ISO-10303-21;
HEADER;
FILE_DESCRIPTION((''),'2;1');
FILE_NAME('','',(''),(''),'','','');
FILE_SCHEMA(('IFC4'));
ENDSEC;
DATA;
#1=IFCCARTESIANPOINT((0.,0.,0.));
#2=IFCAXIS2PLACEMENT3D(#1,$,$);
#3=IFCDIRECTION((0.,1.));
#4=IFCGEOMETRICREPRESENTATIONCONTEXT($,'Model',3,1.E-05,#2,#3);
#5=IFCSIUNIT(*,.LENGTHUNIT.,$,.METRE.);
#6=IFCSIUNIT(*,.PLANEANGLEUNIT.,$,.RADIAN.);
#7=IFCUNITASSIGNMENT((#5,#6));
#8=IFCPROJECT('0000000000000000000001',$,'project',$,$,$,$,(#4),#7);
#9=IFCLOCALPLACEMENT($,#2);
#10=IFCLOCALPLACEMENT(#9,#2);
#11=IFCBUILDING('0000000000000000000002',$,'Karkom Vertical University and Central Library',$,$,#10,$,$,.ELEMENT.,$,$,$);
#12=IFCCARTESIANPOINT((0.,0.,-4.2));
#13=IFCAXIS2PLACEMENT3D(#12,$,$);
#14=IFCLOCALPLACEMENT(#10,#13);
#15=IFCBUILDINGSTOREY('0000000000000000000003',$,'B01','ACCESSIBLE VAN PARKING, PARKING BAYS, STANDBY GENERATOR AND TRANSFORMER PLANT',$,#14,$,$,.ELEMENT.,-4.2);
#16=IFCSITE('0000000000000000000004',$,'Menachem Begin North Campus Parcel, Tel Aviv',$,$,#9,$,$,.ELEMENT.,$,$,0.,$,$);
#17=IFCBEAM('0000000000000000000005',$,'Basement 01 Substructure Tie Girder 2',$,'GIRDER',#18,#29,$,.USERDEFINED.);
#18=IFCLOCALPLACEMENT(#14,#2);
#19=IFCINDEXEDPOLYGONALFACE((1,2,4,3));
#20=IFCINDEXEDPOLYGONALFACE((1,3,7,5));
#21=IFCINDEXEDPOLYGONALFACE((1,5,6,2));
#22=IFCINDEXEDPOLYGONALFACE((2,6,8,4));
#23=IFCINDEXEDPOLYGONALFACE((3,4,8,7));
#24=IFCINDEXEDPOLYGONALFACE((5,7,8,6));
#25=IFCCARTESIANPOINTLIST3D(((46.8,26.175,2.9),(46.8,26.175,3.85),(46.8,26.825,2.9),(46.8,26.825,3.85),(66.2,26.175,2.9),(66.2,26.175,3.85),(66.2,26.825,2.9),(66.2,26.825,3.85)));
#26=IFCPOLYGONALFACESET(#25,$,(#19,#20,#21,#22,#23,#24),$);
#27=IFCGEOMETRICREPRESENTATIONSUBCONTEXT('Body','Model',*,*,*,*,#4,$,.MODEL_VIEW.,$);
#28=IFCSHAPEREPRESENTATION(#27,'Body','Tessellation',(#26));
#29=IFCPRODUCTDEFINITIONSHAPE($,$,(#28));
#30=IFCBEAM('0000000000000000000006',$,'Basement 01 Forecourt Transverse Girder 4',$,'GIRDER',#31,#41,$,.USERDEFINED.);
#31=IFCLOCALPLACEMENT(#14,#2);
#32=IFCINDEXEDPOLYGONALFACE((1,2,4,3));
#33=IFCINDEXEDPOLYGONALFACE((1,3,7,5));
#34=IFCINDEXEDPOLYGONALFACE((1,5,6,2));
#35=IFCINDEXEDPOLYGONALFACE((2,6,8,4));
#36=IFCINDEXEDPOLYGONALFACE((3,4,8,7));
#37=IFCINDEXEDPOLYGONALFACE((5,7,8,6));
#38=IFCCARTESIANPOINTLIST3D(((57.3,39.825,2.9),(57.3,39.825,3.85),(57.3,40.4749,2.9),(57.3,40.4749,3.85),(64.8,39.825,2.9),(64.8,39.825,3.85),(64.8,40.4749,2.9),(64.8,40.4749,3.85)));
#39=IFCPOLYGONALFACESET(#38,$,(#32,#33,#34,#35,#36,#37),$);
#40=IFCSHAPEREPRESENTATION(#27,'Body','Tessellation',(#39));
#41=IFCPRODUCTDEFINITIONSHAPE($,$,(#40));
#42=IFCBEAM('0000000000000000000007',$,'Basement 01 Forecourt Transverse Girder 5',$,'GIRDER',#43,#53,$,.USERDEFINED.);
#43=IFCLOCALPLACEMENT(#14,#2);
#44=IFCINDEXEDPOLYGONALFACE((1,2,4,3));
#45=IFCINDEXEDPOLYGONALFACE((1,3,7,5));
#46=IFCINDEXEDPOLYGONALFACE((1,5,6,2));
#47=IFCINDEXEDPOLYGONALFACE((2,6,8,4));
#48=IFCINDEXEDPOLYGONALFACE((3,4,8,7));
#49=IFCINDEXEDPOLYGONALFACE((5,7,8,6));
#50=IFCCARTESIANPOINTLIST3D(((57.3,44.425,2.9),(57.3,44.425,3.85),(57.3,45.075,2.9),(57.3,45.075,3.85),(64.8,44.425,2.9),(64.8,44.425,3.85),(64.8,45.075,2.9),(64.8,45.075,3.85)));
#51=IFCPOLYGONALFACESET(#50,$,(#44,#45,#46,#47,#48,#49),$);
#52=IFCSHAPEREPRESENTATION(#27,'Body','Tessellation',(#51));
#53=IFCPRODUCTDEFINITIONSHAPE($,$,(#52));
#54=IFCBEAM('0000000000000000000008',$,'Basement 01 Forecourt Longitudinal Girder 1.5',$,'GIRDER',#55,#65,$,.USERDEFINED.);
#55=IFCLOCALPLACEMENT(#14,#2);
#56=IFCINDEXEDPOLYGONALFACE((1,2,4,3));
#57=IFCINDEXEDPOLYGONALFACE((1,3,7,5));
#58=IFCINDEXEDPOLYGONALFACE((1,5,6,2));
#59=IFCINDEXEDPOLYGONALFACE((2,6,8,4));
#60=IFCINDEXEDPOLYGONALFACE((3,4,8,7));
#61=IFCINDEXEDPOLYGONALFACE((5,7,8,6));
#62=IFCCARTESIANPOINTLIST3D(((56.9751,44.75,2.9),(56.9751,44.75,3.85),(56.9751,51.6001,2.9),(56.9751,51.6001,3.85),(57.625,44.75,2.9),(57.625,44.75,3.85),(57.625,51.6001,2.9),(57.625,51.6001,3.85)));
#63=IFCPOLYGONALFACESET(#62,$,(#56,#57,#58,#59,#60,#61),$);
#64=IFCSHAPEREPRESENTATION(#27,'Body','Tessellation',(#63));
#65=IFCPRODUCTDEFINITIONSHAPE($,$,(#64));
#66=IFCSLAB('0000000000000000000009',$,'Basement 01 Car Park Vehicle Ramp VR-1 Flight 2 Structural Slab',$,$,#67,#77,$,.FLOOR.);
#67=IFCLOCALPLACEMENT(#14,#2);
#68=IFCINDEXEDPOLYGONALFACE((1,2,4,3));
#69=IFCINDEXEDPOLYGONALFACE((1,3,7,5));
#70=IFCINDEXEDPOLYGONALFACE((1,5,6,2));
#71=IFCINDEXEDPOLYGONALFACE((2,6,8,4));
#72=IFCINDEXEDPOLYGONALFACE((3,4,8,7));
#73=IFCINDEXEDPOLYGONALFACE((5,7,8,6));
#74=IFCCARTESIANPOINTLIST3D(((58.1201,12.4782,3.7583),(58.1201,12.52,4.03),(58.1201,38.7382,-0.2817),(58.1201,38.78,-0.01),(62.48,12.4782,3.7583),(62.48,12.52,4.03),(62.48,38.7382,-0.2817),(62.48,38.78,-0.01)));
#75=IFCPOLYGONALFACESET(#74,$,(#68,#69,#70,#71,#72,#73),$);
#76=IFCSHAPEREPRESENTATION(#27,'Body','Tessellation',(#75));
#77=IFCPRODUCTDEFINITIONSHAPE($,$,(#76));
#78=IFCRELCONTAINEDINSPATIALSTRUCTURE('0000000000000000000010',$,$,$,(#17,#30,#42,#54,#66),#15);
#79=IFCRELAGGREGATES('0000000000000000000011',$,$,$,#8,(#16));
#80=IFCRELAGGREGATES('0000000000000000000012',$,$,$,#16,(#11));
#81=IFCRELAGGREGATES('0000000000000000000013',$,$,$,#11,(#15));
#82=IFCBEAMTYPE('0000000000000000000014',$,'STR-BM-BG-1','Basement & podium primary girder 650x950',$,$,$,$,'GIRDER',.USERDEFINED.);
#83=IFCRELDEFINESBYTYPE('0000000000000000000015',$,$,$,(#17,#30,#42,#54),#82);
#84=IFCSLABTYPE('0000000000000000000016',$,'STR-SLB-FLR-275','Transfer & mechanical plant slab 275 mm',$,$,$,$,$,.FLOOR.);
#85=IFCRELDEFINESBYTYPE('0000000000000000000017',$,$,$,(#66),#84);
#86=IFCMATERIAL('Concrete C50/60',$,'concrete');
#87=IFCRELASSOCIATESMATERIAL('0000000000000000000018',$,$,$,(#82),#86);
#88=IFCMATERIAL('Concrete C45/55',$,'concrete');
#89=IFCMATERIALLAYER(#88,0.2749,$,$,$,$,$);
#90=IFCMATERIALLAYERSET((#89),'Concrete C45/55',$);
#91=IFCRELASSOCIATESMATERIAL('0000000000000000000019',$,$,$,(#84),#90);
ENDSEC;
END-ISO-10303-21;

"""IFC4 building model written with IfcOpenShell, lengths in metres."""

from ifc_helpers import new_model, si_unit, direction, frame, origin, origin_with_axes, origin_2d, place, context, subcontext, project, spatial, polyline, rectangle, outline, extrude, source, transform, mapped, material, layer, layer_set, material_profile, profile_set, type_object, element, save


model = new_model("IFC4")

# Units and contexts
model_context = context("Model", 3, precision=1e-05, world=origin(), true_north=direction((0.0, 1.0)))
body_context = subcontext(model_context, "Body", "Model", "MODEL_VIEW")
ifc_project = project(units=[si_unit("LENGTHUNIT", "METRE"), si_unit("PLANEANGLEUNIT", "RADIAN")], contexts=[model_context])

# Site, building, storey
site_placement = place(None, origin())
site = spatial("IfcSite", under=ifc_project, at=site_placement, Name="Menachem Begin North Campus Parcel, Tel Aviv", CompositionType="ELEMENT", RefElevation=0.0)
building_placement = place(site_placement, origin())
building = spatial("IfcBuilding", under=site, at=building_placement, Name="Karkom Vertical University and Central Library", CompositionType="ELEMENT")
storey_placement = place(building_placement, frame((0.0, 0.0, -4.2)))
storey = spatial("IfcBuildingStorey", under=building, at=storey_placement, Name="B01", Description="ACCESSIBLE VAN PARKING, PARKING BAYS, STANDBY GENERATOR AND TRANSFORMER PLANT", CompositionType="ELEMENT", Elevation=-4.2)

# Shared definitions
ifc_material_1 = material(Name="Concrete C45/55", Category="concrete")
ifc_material_2 = material(Name="Concrete C50/60", Category="concrete")

# Beams
ifc_material_profile_1 = material_profile(ifc_material_2, rectangle(XDim=0.6499, YDim=0.95, at=origin_2d()), Name="RCG-650x950")
ifc_profile_set_1 = profile_set([ifc_material_profile_1], Name="Concrete C50/60")
beam_type_1 = type_object("IfcBeamType", Name="STR-BM-BG-1", Description="Basement & podium primary girder 650x950", ElementType="GIRDER", PredefinedType="USERDEFINED", material=ifc_profile_set_1)
shared_shape_1 = source(origin_with_axes(), body_context, "Body", "SweptSolid", [
    extrude(rectangle(XDim=0.6499, YDim=0.95, at=origin_2d()), origin(), (0.0, 0.0, 1.0), 19.3999),
])
beam_1_placement = place(storey_placement, frame((46.8, 26.5, 3.375), z_axis=(1.0, 0.0, 0.0), x_axis=(0.0, 1.0, 0.0)))
element("IfcBeam", 1, at=beam_1_placement, inside=storey, type_object=beam_type_1, Name="Basement 01 Substructure Tie Girder 2", ObjectType="GIRDER", PredefinedType="USERDEFINED", context=body_context, shape_type="MappedRepresentation", body=[
    mapped(shared_shape_1, transform((0.0, 0.0, 0.0), scale=1.0)),
])
shared_shape_2 = source(origin_with_axes(), body_context, "Body", "SweptSolid", [
    extrude(rectangle(XDim=0.6499, YDim=0.95, at=origin_2d()), origin(), (0.0, 0.0, 1.0), 7.5),
])
for number, where, z_axis, x_axis, name in (
    (2, (57.3, 40.1499, 3.375), (1.0, 0.0, 0.0), (0.0, 1.0, 0.0), "Basement 01 Forecourt Transverse Girder 4"),
    (3, (57.3, 44.75, 3.375), (1.0, 0.0, 0.0), (0.0, 1.0, 0.0), "Basement 01 Forecourt Transverse Girder 5"),
):
    element("IfcBeam", number, at=place(storey_placement, frame(where, z_axis=z_axis, x_axis=x_axis)), inside=storey, type_object=beam_type_1, Name=name, ObjectType="GIRDER", PredefinedType="USERDEFINED", context=body_context, shape_type="MappedRepresentation", body=[
        mapped(shared_shape_2, transform((0.0, 0.0, 0.0), scale=1.0)),
    ])
shared_shape_3 = source(origin_with_axes(), body_context, "Body", "SweptSolid", [
    extrude(rectangle(XDim=0.6499, YDim=0.95, at=origin_2d()), origin(), (0.0, 0.0, 1.0), 6.8501),
])
beam_2_placement = place(storey_placement, frame((57.3, 44.75, 3.375), z_axis=(0.0, 1.0, 0.0), x_axis=(-1.0, 0.0, 0.0)))
element("IfcBeam", 4, at=beam_2_placement, inside=storey, type_object=beam_type_1, Name="Basement 01 Forecourt Longitudinal Girder 1.5", ObjectType="GIRDER", PredefinedType="USERDEFINED", context=body_context, shape_type="MappedRepresentation", body=[
    mapped(shared_shape_3, transform((0.0, 0.0, 0.0), scale=1.0)),
])

# Slab
ifc_layer_1 = layer(ifc_material_1, 0.2749)
ifc_layer_set_1 = layer_set([ifc_layer_1], Name="Concrete C45/55")
slab_type = type_object("IfcSlabType", Name="STR-SLB-FLR-275", Description="Transfer & mechanical plant slab 275 mm", PredefinedType="FLOOR", material=ifc_layer_set_1)
slab_placement = place(storey_placement, frame((58.1201, 38.78, -0.01), z_axis=(0.0, 0.152059, 0.988371), x_axis=(1.0, 0.0, 0.0)))
element("IfcSlab", 5, at=slab_placement, inside=storey, type_object=slab_type, Name="Basement 01 Car Park Vehicle Ramp VR-1 Flight 2 Structural Slab", PredefinedType="FLOOR", context=body_context, shape_type="SweptSolid", body=[
    extrude(outline(polyline([(0.0, 0.0), (4.3599, 0.0), (4.3599, -26.569), (0.0, -26.569), (0.0, 0.0)])), origin(), (0.0, 0.0, -1.0), 0.2749),
])

save(model, "model.ifc")
